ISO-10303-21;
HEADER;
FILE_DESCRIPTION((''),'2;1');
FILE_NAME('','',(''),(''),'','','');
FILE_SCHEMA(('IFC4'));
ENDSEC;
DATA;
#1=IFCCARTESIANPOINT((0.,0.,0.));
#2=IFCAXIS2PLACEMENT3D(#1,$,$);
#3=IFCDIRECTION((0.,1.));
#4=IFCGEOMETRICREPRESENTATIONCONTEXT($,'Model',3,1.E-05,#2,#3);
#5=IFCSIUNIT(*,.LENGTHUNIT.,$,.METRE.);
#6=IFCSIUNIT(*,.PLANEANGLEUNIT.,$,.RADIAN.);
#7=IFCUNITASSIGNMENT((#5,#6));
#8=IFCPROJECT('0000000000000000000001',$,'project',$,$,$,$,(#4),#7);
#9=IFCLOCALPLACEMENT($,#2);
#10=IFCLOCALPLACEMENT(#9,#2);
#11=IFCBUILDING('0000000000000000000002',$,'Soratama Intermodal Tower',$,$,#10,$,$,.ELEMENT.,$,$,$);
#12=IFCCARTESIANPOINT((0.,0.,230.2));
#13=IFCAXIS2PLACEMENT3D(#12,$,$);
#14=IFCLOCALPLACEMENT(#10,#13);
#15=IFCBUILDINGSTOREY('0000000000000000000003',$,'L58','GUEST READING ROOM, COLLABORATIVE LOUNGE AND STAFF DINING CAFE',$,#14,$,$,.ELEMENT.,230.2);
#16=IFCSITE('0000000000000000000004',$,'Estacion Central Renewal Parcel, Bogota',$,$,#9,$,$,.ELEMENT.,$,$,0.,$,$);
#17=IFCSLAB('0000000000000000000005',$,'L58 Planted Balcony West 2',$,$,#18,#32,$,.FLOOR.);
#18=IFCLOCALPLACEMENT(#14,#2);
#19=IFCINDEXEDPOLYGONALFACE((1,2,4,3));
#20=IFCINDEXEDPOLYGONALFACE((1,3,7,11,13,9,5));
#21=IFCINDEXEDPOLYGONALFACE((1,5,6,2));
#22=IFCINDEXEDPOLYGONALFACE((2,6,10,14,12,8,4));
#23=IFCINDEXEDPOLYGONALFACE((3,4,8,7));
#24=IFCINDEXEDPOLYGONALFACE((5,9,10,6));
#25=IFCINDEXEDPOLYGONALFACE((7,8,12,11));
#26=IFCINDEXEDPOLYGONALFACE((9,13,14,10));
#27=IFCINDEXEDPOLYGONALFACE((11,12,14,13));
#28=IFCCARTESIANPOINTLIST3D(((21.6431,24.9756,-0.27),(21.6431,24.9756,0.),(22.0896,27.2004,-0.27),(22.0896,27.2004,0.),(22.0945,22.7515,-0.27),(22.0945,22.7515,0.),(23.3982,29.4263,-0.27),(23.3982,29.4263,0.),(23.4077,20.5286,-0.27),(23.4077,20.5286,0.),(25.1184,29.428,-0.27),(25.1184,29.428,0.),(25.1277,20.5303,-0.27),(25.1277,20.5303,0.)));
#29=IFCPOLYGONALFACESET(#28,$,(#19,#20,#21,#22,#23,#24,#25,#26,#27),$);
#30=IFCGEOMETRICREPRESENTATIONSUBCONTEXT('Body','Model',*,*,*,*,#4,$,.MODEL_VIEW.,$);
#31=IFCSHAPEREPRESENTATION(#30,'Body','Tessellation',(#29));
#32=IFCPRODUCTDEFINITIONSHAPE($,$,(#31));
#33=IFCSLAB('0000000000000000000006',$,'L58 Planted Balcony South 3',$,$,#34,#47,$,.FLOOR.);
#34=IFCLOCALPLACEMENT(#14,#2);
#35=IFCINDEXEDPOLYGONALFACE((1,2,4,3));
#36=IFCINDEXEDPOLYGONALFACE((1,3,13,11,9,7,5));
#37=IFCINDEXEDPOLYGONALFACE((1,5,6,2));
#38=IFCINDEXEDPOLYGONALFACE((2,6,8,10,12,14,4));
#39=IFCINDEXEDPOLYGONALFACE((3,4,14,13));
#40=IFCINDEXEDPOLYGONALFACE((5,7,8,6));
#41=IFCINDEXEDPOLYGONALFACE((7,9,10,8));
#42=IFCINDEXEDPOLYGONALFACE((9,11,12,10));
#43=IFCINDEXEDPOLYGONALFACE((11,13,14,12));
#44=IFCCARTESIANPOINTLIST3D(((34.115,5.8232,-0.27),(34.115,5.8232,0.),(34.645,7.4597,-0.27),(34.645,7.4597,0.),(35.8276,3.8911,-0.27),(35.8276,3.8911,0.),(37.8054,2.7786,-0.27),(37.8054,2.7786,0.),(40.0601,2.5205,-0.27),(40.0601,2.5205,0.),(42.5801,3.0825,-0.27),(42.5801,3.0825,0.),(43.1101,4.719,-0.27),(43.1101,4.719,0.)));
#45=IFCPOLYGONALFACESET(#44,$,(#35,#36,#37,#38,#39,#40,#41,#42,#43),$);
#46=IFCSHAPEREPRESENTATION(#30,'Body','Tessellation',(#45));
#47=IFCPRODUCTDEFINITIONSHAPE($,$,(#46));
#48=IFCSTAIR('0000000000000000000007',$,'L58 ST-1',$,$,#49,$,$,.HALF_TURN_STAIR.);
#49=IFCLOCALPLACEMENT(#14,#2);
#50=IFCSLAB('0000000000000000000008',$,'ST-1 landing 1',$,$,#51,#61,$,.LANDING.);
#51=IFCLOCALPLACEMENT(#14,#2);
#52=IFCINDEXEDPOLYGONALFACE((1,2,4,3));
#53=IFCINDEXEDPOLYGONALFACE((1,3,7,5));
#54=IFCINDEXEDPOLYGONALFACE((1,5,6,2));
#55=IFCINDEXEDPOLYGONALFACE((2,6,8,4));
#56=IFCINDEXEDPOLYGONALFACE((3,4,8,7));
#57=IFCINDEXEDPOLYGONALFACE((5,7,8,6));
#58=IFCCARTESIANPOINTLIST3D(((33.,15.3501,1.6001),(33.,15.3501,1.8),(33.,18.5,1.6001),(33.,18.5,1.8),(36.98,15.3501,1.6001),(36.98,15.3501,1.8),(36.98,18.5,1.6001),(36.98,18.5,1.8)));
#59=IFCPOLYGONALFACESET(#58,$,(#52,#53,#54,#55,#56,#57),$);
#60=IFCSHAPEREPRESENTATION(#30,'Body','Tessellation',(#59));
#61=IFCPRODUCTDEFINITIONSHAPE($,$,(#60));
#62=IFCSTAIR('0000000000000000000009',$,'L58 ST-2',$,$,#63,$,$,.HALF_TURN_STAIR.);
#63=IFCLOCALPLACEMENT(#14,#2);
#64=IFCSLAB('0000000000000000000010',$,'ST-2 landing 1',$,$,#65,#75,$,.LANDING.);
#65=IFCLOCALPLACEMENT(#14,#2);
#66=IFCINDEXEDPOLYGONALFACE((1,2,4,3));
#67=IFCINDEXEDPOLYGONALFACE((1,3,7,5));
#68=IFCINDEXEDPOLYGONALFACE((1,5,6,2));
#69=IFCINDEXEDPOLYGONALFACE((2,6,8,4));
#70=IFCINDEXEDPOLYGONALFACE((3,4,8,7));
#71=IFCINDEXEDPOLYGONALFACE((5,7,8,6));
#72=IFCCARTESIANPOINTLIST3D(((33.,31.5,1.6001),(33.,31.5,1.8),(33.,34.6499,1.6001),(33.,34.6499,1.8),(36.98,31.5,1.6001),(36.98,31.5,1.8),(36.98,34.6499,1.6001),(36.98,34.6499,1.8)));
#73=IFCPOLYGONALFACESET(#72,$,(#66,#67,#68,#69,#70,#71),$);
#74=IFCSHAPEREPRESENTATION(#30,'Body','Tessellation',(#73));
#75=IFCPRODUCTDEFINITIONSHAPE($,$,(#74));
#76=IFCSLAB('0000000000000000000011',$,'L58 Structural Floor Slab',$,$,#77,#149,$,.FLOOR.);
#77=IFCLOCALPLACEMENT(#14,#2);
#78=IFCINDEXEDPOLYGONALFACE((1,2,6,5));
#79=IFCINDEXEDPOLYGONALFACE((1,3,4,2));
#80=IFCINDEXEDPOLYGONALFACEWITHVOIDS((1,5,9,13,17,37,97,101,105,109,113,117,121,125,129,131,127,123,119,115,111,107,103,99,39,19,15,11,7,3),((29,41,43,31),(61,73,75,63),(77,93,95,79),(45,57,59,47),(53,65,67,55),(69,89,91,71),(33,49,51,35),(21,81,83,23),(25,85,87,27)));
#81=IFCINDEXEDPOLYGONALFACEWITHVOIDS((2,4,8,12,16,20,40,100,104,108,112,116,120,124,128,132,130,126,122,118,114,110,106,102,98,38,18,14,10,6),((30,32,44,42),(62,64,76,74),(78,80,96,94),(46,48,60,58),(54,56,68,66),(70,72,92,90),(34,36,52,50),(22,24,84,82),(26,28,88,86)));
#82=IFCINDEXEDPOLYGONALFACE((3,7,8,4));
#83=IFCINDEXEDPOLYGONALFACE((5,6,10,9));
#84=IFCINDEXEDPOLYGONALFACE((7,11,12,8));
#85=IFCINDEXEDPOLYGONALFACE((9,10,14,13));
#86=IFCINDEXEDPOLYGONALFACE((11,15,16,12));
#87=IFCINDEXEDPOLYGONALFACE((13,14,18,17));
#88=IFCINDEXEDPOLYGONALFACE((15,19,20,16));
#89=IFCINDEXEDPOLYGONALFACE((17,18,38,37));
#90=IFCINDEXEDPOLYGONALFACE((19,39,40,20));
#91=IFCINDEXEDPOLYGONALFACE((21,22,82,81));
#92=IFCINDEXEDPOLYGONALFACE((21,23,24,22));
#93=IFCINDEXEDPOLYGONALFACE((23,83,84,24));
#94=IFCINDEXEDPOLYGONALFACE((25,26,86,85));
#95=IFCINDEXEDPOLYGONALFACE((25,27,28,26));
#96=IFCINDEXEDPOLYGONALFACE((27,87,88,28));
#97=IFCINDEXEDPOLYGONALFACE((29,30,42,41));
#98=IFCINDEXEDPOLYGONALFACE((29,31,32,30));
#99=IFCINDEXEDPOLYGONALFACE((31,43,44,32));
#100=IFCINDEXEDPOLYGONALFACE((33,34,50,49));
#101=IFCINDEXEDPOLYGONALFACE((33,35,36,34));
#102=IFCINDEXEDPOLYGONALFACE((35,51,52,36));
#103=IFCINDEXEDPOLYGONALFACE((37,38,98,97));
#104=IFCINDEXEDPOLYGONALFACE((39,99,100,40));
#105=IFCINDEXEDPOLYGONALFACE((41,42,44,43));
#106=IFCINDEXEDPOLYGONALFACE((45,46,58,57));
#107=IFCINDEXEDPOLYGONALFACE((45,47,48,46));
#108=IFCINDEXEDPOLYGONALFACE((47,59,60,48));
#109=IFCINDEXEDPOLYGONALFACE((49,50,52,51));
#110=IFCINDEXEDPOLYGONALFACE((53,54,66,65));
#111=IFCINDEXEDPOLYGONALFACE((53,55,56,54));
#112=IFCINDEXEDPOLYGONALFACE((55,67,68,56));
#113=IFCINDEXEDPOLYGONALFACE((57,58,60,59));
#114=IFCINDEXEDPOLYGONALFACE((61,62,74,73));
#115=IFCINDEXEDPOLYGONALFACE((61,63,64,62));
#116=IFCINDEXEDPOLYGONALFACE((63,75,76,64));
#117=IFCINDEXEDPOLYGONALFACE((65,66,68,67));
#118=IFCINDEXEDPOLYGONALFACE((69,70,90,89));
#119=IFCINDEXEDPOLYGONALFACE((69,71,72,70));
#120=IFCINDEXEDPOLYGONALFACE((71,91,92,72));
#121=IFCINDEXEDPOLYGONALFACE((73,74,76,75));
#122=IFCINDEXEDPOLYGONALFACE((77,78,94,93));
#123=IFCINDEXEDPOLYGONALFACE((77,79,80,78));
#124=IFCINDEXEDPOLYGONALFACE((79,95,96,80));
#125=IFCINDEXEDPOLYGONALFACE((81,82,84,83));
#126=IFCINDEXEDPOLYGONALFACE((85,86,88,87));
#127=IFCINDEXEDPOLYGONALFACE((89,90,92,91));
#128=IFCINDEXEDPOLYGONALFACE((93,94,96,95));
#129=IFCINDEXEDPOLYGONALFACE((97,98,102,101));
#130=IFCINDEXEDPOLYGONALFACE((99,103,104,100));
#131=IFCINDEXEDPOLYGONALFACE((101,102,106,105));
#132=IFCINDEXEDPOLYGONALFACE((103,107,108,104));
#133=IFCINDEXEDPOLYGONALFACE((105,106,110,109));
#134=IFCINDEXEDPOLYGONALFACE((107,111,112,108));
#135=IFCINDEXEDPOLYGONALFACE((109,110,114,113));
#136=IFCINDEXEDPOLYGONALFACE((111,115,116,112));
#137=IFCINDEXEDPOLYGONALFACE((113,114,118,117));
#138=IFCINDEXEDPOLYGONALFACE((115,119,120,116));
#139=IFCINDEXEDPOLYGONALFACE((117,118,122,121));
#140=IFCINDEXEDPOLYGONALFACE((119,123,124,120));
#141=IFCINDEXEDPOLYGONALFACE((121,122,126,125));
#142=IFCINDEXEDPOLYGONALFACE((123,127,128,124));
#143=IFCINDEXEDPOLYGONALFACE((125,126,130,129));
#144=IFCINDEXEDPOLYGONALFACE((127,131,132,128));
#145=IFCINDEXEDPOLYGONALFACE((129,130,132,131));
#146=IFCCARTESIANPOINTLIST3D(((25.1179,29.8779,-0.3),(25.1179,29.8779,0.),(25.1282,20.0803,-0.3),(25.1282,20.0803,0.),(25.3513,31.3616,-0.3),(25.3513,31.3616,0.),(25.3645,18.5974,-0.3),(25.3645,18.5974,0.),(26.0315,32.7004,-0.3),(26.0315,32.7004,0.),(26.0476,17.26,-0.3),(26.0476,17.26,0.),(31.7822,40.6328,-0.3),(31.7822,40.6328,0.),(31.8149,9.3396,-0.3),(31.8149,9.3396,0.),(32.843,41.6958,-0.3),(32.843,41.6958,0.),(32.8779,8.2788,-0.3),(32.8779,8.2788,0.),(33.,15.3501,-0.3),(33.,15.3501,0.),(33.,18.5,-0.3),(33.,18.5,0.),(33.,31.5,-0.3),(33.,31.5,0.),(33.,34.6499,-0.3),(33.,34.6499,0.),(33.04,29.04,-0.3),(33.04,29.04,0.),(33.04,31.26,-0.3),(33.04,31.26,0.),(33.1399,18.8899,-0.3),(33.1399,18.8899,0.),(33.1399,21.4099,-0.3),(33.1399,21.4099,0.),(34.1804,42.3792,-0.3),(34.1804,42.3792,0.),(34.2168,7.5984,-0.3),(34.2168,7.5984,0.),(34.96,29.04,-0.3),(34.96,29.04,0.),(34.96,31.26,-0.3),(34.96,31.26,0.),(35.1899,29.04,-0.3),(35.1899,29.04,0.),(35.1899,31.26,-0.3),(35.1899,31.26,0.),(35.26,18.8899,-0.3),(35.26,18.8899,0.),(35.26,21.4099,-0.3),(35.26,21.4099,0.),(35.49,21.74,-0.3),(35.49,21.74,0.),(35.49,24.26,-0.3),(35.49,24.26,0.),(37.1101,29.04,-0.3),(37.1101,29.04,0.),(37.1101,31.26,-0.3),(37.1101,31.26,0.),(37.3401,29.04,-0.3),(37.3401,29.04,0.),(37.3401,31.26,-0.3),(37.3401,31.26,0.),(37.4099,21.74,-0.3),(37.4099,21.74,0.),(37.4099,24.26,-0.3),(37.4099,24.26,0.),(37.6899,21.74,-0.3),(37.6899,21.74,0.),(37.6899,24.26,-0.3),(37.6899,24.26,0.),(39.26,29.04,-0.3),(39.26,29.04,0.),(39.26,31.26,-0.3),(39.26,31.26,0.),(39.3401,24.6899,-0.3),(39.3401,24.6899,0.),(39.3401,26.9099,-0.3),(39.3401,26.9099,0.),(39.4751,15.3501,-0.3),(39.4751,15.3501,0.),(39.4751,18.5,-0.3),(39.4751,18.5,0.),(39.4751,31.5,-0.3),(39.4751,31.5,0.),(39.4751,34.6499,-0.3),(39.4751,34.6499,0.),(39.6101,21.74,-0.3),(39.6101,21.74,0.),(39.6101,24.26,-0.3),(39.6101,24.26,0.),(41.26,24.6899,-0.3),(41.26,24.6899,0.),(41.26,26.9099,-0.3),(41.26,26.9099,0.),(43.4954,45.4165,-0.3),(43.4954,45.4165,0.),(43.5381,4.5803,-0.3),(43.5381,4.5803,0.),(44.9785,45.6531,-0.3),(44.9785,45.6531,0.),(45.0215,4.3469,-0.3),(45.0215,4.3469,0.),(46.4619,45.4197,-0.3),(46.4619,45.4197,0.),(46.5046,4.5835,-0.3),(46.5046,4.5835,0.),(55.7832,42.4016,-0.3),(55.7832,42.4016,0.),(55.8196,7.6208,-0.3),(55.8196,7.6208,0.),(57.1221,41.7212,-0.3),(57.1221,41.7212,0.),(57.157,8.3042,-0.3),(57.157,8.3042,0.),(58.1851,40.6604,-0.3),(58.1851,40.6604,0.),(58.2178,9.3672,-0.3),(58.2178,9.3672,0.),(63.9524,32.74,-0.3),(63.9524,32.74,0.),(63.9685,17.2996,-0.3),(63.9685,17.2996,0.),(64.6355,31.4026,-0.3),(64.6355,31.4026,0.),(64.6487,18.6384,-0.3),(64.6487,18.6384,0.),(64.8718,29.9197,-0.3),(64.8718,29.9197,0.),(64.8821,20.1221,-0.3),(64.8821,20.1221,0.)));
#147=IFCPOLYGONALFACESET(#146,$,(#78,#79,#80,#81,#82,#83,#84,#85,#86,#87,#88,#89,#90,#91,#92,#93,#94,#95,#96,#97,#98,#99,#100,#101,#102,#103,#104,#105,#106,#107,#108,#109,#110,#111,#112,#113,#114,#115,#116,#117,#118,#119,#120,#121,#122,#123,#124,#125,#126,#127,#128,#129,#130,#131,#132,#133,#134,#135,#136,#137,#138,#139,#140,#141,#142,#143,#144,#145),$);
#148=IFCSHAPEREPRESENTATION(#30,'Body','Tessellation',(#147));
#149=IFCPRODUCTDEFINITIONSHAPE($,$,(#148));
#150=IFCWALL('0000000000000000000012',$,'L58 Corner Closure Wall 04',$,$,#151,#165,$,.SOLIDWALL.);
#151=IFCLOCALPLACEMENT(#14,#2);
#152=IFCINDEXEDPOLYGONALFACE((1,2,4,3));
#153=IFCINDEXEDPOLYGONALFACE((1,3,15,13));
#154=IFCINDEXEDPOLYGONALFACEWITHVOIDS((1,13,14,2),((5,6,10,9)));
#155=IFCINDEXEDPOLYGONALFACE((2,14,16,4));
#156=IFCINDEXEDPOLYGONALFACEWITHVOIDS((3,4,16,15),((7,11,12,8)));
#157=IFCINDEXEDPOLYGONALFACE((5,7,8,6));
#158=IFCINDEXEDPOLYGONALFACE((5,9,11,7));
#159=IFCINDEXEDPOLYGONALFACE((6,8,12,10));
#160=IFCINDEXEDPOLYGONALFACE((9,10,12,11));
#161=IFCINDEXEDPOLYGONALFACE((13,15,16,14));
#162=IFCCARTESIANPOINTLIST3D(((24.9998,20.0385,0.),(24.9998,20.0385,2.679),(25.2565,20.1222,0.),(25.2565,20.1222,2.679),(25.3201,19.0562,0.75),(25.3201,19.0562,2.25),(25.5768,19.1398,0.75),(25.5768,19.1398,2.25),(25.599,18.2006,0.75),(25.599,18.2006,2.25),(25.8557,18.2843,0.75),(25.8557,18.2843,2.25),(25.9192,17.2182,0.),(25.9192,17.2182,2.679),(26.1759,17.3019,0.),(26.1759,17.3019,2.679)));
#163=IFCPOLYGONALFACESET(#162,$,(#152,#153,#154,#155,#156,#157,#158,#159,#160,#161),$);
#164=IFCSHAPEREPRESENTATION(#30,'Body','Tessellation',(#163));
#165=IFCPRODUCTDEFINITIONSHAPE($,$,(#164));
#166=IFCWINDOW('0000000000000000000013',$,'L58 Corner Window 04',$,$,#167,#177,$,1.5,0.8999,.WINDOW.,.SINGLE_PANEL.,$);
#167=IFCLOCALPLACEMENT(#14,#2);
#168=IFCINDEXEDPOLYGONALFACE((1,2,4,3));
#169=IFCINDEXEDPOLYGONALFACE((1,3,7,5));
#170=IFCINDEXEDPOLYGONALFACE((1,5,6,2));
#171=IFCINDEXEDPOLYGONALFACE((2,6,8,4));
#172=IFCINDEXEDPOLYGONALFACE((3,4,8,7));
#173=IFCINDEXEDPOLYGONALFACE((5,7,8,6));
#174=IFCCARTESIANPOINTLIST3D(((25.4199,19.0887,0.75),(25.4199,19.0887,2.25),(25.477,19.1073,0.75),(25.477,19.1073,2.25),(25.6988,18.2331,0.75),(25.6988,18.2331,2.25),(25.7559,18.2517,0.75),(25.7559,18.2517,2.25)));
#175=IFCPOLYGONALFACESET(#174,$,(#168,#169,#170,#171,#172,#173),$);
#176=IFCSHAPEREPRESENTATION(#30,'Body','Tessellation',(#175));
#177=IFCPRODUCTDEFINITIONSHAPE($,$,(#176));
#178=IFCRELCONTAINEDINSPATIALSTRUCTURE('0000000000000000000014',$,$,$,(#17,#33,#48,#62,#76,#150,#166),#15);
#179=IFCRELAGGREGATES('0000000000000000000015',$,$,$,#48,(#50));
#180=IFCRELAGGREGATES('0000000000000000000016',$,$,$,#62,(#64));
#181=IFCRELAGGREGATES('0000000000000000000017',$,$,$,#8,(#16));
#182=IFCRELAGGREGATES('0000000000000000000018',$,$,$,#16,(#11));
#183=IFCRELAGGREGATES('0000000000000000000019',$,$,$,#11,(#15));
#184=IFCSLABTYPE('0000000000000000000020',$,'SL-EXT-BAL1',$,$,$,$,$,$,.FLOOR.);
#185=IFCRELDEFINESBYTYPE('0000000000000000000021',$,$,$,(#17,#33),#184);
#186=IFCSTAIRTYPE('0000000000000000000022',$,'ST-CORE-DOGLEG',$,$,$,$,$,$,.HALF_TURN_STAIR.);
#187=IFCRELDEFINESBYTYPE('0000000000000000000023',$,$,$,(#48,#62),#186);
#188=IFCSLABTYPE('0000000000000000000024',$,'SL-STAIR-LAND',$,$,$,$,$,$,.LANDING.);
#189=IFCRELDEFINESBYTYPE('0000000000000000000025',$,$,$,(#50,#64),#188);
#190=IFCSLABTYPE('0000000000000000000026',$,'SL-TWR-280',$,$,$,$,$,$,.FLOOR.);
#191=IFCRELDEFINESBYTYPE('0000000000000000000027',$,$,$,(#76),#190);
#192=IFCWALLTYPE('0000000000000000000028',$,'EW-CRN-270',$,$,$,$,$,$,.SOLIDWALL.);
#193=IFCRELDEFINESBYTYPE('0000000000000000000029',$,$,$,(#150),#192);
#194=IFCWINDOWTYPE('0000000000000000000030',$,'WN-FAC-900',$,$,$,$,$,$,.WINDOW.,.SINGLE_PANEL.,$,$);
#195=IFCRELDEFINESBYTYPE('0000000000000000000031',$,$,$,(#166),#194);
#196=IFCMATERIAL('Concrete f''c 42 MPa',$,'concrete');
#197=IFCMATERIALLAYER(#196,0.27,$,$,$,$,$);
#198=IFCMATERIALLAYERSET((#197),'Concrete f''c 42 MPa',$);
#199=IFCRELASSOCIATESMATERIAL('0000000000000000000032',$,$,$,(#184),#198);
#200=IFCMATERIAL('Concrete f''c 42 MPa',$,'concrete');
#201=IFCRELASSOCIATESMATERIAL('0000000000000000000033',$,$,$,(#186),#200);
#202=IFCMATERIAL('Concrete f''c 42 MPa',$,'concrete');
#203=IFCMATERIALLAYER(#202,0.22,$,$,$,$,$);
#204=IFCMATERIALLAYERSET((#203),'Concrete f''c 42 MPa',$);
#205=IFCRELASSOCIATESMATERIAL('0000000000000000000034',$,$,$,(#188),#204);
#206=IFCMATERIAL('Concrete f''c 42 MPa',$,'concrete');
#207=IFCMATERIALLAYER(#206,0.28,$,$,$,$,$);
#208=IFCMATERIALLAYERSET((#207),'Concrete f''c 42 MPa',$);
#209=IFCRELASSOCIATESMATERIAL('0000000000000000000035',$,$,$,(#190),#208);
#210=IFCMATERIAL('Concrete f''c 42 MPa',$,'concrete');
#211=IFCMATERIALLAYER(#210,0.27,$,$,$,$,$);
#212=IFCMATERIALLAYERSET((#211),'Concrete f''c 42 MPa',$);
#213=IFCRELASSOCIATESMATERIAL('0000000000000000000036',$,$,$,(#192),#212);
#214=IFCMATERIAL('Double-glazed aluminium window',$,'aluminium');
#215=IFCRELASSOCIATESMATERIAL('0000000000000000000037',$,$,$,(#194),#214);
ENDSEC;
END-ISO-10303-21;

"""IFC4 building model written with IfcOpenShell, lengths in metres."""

from ifc_helpers import new_model, si_unit, direction, frame, frame_2d, origin, place, context, subcontext, project, spatial, polyline, rectangle, outline, extrude, material, layer, layer_set, type_object, element, fill, aggregate, save


model = new_model("IFC4")

# Units and contexts
model_context = context("Model", 3, precision=1e-05, world=origin(), true_north=direction((0.0, 1.0)))
body_context = subcontext(model_context, "Body", "Model", "MODEL_VIEW")
ifc_project = project(units=[si_unit("LENGTHUNIT", "METRE"), si_unit("PLANEANGLEUNIT", "RADIAN")], contexts=[model_context])

# Site, building, storey
site_placement = place(None, origin())
site = spatial("IfcSite", under=ifc_project, at=site_placement, Name="Estacion Central Renewal Parcel, Bogota", CompositionType="ELEMENT", RefElevation=0.0)
building_placement = place(site_placement, origin())
building = spatial("IfcBuilding", under=site, at=building_placement, Name="Soratama Intermodal Tower", CompositionType="ELEMENT")
storey_placement = place(building_placement, frame((0.0, 0.0, 230.2)))
storey = spatial("IfcBuildingStorey", under=building, at=storey_placement, Name="L58", Description="GUEST READING ROOM, COLLABORATIVE LOUNGE AND STAFF DINING CAFE", CompositionType="ELEMENT", Elevation=230.2)

# Slabs
ifc_material_1 = material(Name="Concrete f'c 42 MPa", Category="concrete")
ifc_layer_1 = layer(ifc_material_1, 0.27)
ifc_layer_set_1 = layer_set([ifc_layer_1], Name="Concrete f'c 42 MPa")
slab_type_1 = type_object("IfcSlabType", Name="SL-EXT-BAL1", PredefinedType="FLOOR", material=ifc_layer_set_1)
slab_1_placement = place(storey_placement, frame((0.0, 0.0, -0.27)))
element("IfcSlab", 1, at=slab_1_placement, inside=storey, type_object=slab_type_1, Name="L58 Planted Balcony West 2", PredefinedType="FLOOR", context=body_context, shape_type="SweptSolid", body=[
    extrude(outline(polyline([(25.1184, 29.428), (25.1277, 20.5303), (23.4077, 20.5286), (22.0945, 22.7515), (21.6431, 24.9756), (22.0896, 27.2004), (23.3982, 29.4263), (25.1184, 29.428)])), origin(), (0.0, 0.0, 1.0), 0.27),
])
slab_2_placement = place(storey_placement, frame((0.0, 0.0, -0.27)))
element("IfcSlab", 2, at=slab_2_placement, inside=storey, type_object=slab_type_1, Name="L58 Planted Balcony South 3", PredefinedType="FLOOR", context=body_context, shape_type="SweptSolid", body=[
    extrude(outline(polyline([(34.645, 7.4597), (43.1101, 4.719), (42.5801, 3.0825), (40.0601, 2.5205), (37.8054, 2.7786), (35.8276, 3.8911), (34.115, 5.8232), (34.645, 7.4597)])), origin(), (0.0, 0.0, 1.0), 0.27),
])

# Stairs, slabs
ifc_material_2 = material(Name="Concrete f'c 42 MPa", Category="concrete")
stair_type = type_object("IfcStairType", Name="ST-CORE-DOGLEG", PredefinedType="HALF_TURN_STAIR", material=ifc_material_2)
stair_1_placement = place(storey_placement, origin())
stair_1 = element("IfcStair", 3, at=stair_1_placement, inside=storey, type_object=stair_type, Name="L58 ST-1", PredefinedType="HALF_TURN_STAIR")
ifc_material_3 = material(Name="Concrete f'c 42 MPa", Category="concrete")
ifc_layer_2 = layer(ifc_material_3, 0.22)
ifc_layer_set_2 = layer_set([ifc_layer_2], Name="Concrete f'c 42 MPa")
slab_type_2 = type_object("IfcSlabType", Name="SL-STAIR-LAND", PredefinedType="LANDING", material=ifc_layer_set_2)
slab_3_placement = place(storey_placement, frame((0.0, 0.0, 1.6001)))
slab_3 = element("IfcSlab", 4, at=slab_3_placement, type_object=slab_type_2, Name="ST-1 landing 1", PredefinedType="LANDING", context=body_context, shape_type="SweptSolid", body=[
    extrude(outline(polyline([(36.98, 18.5), (33.0, 18.5), (33.0, 15.3501), (36.98, 15.3501), (36.98, 18.5)])), origin(), (0.0, 0.0, 1.0), 0.2),
])
aggregate(stair_1, [slab_3])
stair_2_placement = place(storey_placement, origin())
stair_2 = element("IfcStair", 5, at=stair_2_placement, inside=storey, type_object=stair_type, Name="L58 ST-2", PredefinedType="HALF_TURN_STAIR")
slab_4_placement = place(storey_placement, frame((0.0, 0.0, 1.6001)))
slab_4 = element("IfcSlab", 6, at=slab_4_placement, type_object=slab_type_2, Name="ST-2 landing 1", PredefinedType="LANDING", context=body_context, shape_type="SweptSolid", body=[
    extrude(outline(polyline([(36.98, 34.6499), (33.0, 34.6499), (33.0, 31.5), (36.98, 31.5), (36.98, 34.6499)])), origin(), (0.0, 0.0, 1.0), 0.2),
])
aggregate(stair_2, [slab_4])

# Slab
ifc_material_4 = material(Name="Concrete f'c 42 MPa", Category="concrete")
ifc_layer_3 = layer(ifc_material_4, 0.28)
ifc_layer_set_3 = layer_set([ifc_layer_3], Name="Concrete f'c 42 MPa")
slab_type_3 = type_object("IfcSlabType", Name="SL-TWR-280", PredefinedType="FLOOR", material=ifc_layer_set_3)
slab_5_placement = place(storey_placement, frame((0.0, 0.0, -0.3)))
element("IfcSlab", 7, at=slab_5_placement, inside=storey, type_object=slab_type_3, Name="L58 Structural Floor Slab", PredefinedType="FLOOR", context=body_context, shape_type="SweptSolid", body=[
    extrude(outline(polyline([(58.1851, 40.6604), (57.1221, 41.7212), (55.7832, 42.4016), (46.4619, 45.4197), (44.9785, 45.6531), (43.4954, 45.4165), (34.1804, 42.3792), (32.843, 41.6958), (31.7822, 40.6328), (26.0315, 32.7004), (25.3513, 31.3616), (25.1179, 29.8779), (25.1282, 20.0803), (25.3645, 18.5974), (26.0476, 17.26), (31.8149, 9.3396), (32.8779, 8.2788), (34.2168, 7.5984), (43.5381, 4.5803), (45.0215, 4.3469), (46.5046, 4.5835), (55.8196, 7.6208), (57.157, 8.3042), (58.2178, 9.3672), (63.9685, 17.2996), (64.6487, 18.6384), (64.8821, 20.1221), (64.8718, 29.9197), (64.6355, 31.4026), (63.9524, 32.74), (58.1851, 40.6604)]), holes=[polyline([(33.0, 18.5), (33.0, 15.3501), (39.4751, 15.3501), (39.4751, 18.5), (33.0, 18.5)]), polyline([(35.26, 21.4099), (33.1399, 21.4099), (33.1399, 18.8899), (35.26, 18.8899), (35.26, 21.4099)]), polyline([(37.4099, 24.26), (35.49, 24.26), (35.49, 21.74), (37.4099, 21.74), (37.4099, 24.26)]), polyline([(39.6101, 24.26), (37.6899, 24.26), (37.6899, 21.74), (39.6101, 21.74), (39.6101, 24.26)]), polyline([(41.26, 26.9099), (39.3401, 26.9099), (39.3401, 24.6899), (41.26, 24.6899), (41.26, 26.9099)]), polyline([(34.96, 31.26), (33.04, 31.26), (33.04, 29.04), (34.96, 29.04), (34.96, 31.26)]), polyline([(37.1101, 31.26), (35.1899, 31.26), (35.1899, 29.04), (37.1101, 29.04), (37.1101, 31.26)]), polyline([(39.26, 29.04), (39.26, 31.26), (37.3401, 31.26), (37.3401, 29.04), (39.26, 29.04)]), polyline([(39.4751, 34.6499), (33.0, 34.6499), (33.0, 31.5), (39.4751, 31.5), (39.4751, 34.6499)])]), origin(), (0.0, 0.0, 1.0), 0.3),
])

# Wall, opening, window
ifc_material_5 = material(Name="Concrete f'c 42 MPa", Category="concrete")
ifc_layer_4 = layer(ifc_material_5, 0.27)
ifc_layer_set_4 = layer_set([ifc_layer_4], Name="Concrete f'c 42 MPa")
wall_type = type_object("IfcWallType", Name="EW-CRN-270", PredefinedType="SOLIDWALL", material=ifc_layer_set_4)
wall_placement = place(storey_placement, frame((25.1282, 20.0803, 0.0), z_axis=(0.0, 0.0, 1.0), x_axis=(0.309949, -0.950753, 0.0)))
wall = element("IfcWall", 8, at=wall_placement, inside=storey, type_object=wall_type, Name="L58 Corner Closure Wall 04", PredefinedType="SOLIDWALL", context=body_context, shape_type="SweptSolid", body=[
    extrude(rectangle(XDim=2.9663, YDim=0.27, at=frame_2d((1.4832, 0.0))), origin(), (0.0, 0.0, 1.0), 2.679),
])
opening_placement = place(wall_placement, frame((1.0332, 0.0, 0.75)))
opening = element("IfcOpeningElement", 9, at=opening_placement, cuts=wall, PredefinedType="OPENING", context=body_context, shape_type="SweptSolid", body=[
    extrude(rectangle(XDim=0.8999, YDim=1.5, at=frame_2d((0.45, 0.75))), frame((0.0, 0.145, 0.0), z_axis=(0.0, -1.0, 0.0), x_axis=(1.0, 0.0, 0.0)), (0.0, 0.0, 1.0), 0.29),
])
ifc_material_6 = material(Name="Double-glazed aluminium window", Category="aluminium")
window_type = type_object("IfcWindowType", Name="WN-FAC-900", PartitioningType="SINGLE_PANEL", PredefinedType="WINDOW", material=ifc_material_6)
window_placement = place(opening_placement, origin())
window = element("IfcWindow", 10, at=window_placement, inside=storey, type_object=window_type, Name="L58 Corner Window 04", OverallHeight=1.5, OverallWidth=0.8999, PartitioningType="SINGLE_PANEL", PredefinedType="WINDOW", context=body_context, shape_type="SweptSolid", body=[
    extrude(rectangle(XDim=0.8999, YDim=1.5, at=frame_2d((0.45, 0.75))), frame((0.0, 0.03, 0.0), z_axis=(0.0, -1.0, 0.0), x_axis=(1.0, 0.0, 0.0)), (0.0, 0.0, 1.0), 0.0601),
])
fill(opening, window)

save(model, "model.ifc")
